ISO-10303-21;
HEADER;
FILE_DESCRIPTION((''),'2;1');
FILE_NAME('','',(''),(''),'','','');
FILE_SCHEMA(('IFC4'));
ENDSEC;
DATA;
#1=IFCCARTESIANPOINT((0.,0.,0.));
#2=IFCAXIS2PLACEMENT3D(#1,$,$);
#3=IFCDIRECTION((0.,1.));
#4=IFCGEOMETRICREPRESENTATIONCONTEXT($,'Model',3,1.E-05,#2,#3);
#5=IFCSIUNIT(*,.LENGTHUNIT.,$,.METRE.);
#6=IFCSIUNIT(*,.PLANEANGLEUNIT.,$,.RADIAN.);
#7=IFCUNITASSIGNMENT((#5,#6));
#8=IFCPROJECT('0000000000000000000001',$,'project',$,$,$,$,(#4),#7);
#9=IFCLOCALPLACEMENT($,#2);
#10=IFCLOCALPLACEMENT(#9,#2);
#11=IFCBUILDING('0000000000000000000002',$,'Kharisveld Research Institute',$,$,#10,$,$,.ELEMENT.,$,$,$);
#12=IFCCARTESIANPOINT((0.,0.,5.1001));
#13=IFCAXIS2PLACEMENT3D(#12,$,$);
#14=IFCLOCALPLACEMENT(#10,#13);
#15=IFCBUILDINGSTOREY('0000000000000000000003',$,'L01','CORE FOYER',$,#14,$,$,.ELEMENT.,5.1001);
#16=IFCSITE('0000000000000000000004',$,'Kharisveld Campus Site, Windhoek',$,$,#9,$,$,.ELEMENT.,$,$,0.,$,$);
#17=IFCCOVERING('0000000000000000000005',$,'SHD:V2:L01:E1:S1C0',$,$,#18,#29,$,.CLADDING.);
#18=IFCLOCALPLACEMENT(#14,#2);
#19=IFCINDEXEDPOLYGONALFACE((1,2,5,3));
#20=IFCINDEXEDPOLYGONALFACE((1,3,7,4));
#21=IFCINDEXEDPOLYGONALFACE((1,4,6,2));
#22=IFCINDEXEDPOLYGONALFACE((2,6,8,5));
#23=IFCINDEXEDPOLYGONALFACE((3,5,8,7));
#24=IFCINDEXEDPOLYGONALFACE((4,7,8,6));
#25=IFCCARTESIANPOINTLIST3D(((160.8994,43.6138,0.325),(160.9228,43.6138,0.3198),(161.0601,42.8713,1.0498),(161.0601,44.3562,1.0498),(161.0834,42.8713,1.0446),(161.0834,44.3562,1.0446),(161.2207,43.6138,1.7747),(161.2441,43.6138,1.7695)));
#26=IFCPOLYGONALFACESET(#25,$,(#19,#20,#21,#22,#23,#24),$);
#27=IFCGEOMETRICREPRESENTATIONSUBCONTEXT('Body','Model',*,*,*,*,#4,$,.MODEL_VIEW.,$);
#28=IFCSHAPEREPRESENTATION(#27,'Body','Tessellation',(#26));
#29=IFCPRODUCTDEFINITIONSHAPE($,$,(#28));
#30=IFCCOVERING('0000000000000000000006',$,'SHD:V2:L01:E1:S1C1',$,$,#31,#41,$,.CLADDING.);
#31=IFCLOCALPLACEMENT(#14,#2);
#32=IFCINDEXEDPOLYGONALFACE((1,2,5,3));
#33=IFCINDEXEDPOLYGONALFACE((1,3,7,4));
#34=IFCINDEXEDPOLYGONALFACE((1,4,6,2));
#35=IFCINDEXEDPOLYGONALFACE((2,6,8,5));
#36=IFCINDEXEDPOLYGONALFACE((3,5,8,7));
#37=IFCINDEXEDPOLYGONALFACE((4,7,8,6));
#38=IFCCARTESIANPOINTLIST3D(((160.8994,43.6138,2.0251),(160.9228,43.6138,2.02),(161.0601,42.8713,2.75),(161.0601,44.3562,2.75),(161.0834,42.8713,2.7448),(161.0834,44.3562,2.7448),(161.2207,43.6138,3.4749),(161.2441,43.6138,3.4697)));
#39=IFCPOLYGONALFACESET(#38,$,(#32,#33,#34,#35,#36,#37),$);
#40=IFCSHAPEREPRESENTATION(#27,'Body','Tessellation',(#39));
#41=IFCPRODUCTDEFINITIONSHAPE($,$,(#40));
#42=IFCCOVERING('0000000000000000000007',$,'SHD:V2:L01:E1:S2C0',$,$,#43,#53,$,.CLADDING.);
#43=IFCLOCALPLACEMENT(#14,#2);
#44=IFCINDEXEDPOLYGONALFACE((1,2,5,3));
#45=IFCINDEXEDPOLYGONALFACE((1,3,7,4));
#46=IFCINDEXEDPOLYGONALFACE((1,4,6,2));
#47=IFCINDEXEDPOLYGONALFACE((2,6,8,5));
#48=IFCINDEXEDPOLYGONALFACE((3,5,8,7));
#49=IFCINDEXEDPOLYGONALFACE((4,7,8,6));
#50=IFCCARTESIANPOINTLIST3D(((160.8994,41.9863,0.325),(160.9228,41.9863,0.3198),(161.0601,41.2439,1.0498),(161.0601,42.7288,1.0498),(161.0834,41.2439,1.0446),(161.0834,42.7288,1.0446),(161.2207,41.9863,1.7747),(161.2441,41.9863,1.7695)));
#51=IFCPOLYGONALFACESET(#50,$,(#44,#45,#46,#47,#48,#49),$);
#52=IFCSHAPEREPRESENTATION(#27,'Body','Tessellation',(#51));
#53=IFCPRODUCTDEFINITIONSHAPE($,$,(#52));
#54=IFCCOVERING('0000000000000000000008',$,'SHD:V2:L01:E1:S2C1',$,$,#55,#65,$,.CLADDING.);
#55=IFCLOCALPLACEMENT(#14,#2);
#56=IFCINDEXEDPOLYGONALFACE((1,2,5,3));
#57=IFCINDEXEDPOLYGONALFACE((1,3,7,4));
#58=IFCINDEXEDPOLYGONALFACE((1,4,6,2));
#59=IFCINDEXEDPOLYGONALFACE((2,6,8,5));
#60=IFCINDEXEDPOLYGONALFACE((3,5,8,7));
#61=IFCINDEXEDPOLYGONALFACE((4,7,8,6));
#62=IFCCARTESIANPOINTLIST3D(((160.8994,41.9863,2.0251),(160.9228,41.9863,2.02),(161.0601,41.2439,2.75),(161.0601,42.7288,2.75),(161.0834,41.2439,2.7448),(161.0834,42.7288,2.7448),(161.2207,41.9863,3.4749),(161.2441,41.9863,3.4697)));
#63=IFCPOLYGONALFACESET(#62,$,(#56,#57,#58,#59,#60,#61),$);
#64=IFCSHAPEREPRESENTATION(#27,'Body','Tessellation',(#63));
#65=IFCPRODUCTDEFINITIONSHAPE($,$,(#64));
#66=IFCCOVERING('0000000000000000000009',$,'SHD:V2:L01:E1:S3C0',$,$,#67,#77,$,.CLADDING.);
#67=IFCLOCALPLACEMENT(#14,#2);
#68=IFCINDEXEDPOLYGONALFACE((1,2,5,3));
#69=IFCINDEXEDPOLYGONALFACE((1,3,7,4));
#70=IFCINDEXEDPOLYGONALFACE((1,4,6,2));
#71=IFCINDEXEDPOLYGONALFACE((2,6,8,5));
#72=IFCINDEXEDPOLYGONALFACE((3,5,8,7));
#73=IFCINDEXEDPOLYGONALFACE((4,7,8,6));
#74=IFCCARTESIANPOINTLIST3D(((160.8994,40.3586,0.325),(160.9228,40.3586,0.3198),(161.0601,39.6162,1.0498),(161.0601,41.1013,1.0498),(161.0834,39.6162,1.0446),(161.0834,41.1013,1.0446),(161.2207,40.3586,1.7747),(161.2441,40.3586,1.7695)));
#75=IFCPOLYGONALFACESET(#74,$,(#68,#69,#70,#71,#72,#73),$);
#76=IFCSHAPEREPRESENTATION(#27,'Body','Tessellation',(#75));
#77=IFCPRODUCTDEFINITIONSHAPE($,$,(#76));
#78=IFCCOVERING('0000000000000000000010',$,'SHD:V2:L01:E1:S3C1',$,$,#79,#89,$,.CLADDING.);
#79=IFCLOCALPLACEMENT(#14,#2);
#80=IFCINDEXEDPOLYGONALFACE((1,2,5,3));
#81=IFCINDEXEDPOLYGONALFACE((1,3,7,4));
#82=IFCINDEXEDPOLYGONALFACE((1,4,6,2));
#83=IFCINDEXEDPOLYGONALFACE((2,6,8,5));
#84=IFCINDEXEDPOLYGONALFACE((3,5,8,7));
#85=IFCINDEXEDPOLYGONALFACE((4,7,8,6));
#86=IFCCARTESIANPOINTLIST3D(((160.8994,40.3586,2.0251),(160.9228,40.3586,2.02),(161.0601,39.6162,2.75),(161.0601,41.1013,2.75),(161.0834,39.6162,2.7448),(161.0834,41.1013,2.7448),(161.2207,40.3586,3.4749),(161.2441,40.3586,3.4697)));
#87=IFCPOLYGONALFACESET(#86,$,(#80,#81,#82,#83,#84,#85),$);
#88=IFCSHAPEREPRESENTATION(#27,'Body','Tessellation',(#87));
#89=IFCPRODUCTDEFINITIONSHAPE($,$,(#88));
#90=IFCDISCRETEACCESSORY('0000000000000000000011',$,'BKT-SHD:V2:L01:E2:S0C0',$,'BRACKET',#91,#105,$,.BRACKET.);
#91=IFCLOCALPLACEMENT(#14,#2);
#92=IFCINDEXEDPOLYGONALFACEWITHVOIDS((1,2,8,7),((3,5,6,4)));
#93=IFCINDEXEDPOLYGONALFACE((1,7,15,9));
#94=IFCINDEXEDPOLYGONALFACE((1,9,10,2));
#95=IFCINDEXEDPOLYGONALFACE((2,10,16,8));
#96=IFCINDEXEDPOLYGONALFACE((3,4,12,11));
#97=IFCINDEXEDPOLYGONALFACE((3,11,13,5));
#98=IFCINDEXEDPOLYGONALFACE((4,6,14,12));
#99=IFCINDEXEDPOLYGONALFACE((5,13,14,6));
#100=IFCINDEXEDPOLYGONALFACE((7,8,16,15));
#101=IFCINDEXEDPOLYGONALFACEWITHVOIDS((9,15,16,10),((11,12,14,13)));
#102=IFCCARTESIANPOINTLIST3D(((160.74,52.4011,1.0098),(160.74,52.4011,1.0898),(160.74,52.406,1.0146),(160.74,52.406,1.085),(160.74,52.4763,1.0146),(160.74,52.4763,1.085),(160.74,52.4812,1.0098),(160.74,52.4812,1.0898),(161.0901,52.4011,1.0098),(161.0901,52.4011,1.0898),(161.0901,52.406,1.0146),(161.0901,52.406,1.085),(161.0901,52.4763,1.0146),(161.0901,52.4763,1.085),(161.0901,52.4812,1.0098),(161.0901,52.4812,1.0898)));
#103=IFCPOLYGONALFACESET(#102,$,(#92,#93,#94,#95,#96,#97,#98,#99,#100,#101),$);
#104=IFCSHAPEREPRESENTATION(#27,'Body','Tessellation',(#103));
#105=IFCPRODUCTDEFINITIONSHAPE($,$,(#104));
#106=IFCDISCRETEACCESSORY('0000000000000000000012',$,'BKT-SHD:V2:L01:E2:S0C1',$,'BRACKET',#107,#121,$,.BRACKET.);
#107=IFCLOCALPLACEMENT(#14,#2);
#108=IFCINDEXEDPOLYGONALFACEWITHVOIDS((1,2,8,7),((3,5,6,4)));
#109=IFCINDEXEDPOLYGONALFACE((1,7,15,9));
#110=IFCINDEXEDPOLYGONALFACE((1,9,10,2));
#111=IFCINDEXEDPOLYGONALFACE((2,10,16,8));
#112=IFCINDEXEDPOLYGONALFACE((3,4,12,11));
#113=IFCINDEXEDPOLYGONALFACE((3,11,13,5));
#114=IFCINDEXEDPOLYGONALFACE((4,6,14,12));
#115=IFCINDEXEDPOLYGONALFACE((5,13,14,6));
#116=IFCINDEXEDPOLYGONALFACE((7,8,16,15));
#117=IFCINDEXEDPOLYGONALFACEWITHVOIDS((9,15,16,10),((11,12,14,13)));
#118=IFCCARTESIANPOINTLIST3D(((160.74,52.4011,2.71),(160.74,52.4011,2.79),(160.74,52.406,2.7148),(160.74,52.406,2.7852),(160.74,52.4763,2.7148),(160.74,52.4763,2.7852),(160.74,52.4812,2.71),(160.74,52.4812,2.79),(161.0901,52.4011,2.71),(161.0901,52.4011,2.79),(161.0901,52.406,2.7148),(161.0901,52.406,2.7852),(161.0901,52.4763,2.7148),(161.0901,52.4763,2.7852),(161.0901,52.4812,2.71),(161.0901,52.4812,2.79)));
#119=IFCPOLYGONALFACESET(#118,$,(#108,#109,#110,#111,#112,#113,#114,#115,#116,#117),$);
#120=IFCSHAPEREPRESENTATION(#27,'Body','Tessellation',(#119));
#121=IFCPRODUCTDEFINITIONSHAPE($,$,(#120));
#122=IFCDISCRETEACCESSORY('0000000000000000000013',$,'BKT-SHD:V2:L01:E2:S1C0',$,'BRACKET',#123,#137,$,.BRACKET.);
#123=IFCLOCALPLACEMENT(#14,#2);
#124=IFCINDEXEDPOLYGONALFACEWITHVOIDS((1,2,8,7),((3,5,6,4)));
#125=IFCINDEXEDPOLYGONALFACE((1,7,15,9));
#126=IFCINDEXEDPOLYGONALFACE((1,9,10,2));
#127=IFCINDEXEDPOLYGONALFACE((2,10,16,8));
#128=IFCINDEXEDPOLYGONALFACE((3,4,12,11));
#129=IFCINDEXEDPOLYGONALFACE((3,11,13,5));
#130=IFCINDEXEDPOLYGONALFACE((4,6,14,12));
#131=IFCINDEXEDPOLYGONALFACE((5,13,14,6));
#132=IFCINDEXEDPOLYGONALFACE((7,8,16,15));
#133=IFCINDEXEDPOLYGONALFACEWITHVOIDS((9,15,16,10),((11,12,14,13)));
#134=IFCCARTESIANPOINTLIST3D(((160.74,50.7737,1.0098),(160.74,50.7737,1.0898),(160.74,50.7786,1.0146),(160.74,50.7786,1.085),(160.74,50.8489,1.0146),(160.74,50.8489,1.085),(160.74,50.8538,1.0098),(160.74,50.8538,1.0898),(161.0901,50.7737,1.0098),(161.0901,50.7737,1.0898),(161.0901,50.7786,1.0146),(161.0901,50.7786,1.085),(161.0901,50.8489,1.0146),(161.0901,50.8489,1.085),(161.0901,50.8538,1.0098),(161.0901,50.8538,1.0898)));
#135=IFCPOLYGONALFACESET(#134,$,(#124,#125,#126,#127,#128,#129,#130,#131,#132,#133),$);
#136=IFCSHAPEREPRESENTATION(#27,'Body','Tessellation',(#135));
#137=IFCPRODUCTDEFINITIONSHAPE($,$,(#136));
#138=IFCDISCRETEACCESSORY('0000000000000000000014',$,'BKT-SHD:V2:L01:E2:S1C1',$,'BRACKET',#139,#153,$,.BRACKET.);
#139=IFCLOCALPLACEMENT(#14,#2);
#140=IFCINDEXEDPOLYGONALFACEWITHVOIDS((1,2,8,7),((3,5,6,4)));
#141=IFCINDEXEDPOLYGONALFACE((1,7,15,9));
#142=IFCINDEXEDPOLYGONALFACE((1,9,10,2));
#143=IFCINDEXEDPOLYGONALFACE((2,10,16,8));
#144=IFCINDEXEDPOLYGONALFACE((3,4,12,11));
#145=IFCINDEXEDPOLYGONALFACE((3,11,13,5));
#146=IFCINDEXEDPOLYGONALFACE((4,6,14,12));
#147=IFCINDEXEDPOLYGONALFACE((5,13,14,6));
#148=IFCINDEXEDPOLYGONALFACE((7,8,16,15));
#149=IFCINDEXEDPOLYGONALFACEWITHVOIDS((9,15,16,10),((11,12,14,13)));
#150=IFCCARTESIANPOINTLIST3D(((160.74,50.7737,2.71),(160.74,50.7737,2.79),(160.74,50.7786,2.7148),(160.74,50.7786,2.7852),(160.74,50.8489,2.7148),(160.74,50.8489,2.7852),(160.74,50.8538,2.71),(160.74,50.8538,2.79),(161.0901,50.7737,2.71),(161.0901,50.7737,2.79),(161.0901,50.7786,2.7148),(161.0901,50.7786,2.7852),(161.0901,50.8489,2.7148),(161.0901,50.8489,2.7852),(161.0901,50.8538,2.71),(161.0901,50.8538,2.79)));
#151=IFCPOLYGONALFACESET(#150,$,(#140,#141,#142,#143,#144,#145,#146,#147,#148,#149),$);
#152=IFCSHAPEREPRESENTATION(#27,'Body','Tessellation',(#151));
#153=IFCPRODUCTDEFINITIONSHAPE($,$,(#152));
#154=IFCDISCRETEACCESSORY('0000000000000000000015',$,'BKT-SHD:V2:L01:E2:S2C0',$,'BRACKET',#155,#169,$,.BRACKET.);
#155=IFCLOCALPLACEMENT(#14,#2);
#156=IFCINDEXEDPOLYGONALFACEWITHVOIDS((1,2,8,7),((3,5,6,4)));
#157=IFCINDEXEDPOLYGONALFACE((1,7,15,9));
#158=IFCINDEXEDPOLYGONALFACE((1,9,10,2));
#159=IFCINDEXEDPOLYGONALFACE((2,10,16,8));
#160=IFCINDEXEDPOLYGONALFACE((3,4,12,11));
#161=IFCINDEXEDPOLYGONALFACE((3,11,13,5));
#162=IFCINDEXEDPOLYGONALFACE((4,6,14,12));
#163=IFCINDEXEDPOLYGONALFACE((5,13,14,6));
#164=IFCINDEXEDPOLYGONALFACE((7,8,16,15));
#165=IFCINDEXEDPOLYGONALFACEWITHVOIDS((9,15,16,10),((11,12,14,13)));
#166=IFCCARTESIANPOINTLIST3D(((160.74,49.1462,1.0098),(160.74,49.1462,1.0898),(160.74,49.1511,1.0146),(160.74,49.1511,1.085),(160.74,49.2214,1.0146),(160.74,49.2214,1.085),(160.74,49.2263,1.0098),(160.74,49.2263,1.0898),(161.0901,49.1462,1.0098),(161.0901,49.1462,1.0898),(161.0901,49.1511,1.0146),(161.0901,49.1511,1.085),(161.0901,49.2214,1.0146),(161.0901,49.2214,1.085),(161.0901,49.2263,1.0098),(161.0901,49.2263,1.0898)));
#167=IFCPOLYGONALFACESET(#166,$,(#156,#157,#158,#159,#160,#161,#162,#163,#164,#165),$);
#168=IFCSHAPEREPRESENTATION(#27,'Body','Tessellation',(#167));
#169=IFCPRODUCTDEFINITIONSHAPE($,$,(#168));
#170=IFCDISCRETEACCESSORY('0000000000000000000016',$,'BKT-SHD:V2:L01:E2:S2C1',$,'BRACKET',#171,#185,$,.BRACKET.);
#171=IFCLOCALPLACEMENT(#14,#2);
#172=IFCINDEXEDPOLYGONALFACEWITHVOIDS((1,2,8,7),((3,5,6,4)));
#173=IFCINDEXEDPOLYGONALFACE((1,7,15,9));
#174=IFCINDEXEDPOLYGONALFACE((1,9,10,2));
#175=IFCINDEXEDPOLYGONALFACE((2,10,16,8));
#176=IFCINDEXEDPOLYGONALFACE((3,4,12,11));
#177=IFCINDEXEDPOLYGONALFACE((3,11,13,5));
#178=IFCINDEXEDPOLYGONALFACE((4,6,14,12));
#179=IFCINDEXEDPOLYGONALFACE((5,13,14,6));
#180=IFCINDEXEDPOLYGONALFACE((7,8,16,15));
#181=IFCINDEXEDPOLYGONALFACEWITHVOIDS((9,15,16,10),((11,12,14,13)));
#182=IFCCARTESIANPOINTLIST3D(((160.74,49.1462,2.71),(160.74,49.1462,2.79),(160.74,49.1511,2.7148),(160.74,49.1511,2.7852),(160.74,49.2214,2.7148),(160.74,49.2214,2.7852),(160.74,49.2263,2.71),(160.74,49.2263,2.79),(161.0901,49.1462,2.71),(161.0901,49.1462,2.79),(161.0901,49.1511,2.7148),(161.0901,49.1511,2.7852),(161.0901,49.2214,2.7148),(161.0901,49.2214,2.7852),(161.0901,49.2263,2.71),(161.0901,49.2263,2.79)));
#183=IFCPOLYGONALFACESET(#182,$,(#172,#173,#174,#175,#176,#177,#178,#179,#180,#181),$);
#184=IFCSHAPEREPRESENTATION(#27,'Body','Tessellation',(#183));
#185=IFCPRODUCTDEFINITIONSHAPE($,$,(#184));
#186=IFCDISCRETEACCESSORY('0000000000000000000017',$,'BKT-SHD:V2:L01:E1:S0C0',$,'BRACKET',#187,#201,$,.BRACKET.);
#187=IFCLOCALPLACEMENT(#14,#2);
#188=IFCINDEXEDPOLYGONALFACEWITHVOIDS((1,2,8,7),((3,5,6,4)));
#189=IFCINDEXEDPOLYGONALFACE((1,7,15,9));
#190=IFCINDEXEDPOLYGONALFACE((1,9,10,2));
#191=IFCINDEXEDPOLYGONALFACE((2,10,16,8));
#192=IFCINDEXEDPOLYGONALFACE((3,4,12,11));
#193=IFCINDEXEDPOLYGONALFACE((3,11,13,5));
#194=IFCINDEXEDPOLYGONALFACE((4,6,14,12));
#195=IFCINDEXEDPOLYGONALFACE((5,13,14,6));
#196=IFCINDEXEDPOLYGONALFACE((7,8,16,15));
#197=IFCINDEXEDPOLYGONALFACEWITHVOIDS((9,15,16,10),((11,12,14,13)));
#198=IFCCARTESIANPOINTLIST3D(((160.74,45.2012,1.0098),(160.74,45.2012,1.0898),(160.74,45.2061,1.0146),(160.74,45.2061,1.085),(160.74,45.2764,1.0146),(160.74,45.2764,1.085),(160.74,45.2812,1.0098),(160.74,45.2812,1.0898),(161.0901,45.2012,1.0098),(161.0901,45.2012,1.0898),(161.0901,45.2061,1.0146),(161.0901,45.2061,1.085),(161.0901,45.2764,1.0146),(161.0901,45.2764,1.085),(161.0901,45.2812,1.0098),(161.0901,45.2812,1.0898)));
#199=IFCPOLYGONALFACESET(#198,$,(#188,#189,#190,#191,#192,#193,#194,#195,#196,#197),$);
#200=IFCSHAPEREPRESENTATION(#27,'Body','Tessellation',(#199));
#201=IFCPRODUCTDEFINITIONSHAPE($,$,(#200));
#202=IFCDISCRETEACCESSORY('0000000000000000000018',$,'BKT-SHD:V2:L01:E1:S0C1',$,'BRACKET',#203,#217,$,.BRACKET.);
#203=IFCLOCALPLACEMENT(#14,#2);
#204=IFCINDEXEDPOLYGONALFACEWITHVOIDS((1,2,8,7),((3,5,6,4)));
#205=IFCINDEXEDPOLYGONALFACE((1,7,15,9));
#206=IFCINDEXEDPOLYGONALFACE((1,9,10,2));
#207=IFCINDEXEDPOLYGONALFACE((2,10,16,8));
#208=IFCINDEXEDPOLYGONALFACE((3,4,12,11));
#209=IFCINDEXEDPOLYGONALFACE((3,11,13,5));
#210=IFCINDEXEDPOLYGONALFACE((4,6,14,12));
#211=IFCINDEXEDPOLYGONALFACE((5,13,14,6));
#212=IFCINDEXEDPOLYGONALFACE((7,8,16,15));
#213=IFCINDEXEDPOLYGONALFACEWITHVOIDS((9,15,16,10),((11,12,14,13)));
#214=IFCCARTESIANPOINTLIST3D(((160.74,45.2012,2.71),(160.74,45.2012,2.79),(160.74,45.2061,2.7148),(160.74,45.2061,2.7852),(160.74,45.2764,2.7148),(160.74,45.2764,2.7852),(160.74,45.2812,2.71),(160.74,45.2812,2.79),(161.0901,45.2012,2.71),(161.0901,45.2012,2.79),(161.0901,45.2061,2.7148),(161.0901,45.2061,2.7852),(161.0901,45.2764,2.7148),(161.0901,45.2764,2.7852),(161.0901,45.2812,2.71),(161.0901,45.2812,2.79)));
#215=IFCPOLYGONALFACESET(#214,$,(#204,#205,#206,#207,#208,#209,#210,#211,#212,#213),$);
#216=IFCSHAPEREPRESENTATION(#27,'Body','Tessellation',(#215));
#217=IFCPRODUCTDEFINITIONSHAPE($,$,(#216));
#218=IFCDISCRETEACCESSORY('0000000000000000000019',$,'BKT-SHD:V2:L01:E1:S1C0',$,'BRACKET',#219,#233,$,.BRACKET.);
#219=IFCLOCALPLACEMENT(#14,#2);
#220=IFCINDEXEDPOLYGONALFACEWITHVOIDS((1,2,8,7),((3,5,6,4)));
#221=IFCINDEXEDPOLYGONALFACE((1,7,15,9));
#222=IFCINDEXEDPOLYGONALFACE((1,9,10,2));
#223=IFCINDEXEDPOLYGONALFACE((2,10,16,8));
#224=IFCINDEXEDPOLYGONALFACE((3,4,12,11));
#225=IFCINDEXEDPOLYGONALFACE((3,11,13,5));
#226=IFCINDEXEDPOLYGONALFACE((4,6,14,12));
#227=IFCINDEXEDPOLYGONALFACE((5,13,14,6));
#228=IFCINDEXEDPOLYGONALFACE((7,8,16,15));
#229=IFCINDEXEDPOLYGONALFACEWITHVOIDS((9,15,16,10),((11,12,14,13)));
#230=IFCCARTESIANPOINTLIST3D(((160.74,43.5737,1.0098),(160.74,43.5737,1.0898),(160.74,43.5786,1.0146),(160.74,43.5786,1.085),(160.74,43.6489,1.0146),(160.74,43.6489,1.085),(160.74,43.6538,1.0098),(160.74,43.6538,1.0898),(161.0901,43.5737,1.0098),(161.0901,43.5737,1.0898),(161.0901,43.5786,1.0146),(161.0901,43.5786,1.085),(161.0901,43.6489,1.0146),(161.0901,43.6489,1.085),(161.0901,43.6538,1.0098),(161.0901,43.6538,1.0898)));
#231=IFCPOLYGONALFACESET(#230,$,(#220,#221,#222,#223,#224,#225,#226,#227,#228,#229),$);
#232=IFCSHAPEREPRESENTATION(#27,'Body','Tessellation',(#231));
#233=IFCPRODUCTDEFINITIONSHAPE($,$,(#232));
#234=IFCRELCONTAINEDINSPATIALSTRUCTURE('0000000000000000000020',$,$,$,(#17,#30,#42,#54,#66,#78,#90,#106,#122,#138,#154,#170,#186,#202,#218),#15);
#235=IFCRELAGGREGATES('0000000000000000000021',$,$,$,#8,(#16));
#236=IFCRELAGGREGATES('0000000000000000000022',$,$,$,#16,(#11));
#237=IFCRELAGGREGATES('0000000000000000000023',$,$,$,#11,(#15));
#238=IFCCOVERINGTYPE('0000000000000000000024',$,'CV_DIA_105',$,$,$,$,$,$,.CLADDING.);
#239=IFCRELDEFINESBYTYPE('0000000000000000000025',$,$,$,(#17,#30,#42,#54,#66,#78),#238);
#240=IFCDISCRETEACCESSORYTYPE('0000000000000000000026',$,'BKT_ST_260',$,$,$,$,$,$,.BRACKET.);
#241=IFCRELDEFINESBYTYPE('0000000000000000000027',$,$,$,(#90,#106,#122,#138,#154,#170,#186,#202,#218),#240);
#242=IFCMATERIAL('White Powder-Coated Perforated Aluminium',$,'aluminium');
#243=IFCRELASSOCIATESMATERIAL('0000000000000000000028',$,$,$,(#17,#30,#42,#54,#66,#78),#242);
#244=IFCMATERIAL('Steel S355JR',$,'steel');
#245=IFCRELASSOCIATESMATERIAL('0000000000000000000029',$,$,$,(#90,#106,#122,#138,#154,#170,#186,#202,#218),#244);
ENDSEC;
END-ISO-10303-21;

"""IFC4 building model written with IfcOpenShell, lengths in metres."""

from ifc_helpers import new_model, si_unit, direction, frame, origin, origin_2d, place, context, subcontext, project, spatial, polyline, hollow_rectangle, outline, extrude, material, type_object, element, save


model = new_model("IFC4")

# Units and contexts
model_context = context("Model", 3, precision=1e-05, world=origin(), true_north=direction((0.0, 1.0)))
body_context = subcontext(model_context, "Body", "Model", "MODEL_VIEW")
ifc_project = project(units=[si_unit("LENGTHUNIT", "METRE"), si_unit("PLANEANGLEUNIT", "RADIAN")], contexts=[model_context])

# Site, building, storey
site_placement = place(None, origin())
site = spatial("IfcSite", under=ifc_project, at=site_placement, Name="Kharisveld Campus Site, Windhoek", CompositionType="ELEMENT", RefElevation=0.0)
building_placement = place(site_placement, origin())
building = spatial("IfcBuilding", under=site, at=building_placement, Name="Kharisveld Research Institute", CompositionType="ELEMENT")
storey_placement = place(building_placement, frame((0.0, 0.0, 5.1001)))
storey = spatial("IfcBuildingStorey", under=building, at=storey_placement, Name="L01", Description="CORE FOYER", CompositionType="ELEMENT", Elevation=5.1001)

# Coverings
ifc_material_1 = material(Name="White Powder-Coated Perforated Aluminium", Category="aluminium")
covering_type = type_object("IfcCoveringType", Name="CV_DIA_105", PredefinedType="CLADDING")
for number, where, z_axis, x_axis, name in (
    (1, (160.8994, 43.6138, 0.325), (-0.976311, 0.0, 0.216373), (0.153, -0.707102, 0.69036), "SHD:V2:L01:E1:S1C0"),
    (2, (160.8994, 43.6138, 2.0251), (-0.976311, 0.0, 0.216373), (0.153, -0.707102, 0.69036), "SHD:V2:L01:E1:S1C1"),
    (3, (160.8994, 41.9863, 0.325), (-0.976311, 0.0, 0.216373), (0.153, -0.707102, 0.69036), "SHD:V2:L01:E1:S2C0"),
    (4, (160.8994, 41.9863, 2.0251), (-0.976311, 0.0, 0.216373), (0.153, -0.707102, 0.69036), "SHD:V2:L01:E1:S2C1"),
):
    element("IfcCovering", number, at=place(storey_placement, frame(where, z_axis=z_axis, x_axis=x_axis)), inside=storey, type_object=covering_type, material=ifc_material_1, Name=name, PredefinedType="CLADDING", context=body_context, shape_type="SweptSolid", body=[
        extrude(outline(polyline([(0.0, 0.0), (1.05, 0.0), (1.05, 1.05), (0.0, 1.05), (0.0, 0.0)])), origin(), (0.0, 0.0, -1.0), 0.0239),
    ])
for number, where, z_axis, x_axis, name in (
    (5, (160.8994, 40.3586, 0.325), (-0.976311, 0.0, 0.216373), (0.153, -0.707102, 0.69036), "SHD:V2:L01:E1:S3C0"),
    (6, (160.8994, 40.3586, 2.0251), (-0.976311, 0.0, 0.216373), (0.153, -0.707102, 0.69036), "SHD:V2:L01:E1:S3C1"),
):
    element("IfcCovering", number, at=place(storey_placement, frame(where, z_axis=z_axis, x_axis=x_axis)), inside=storey, type_object=covering_type, material=ifc_material_1, Name=name, PredefinedType="CLADDING", context=body_context, shape_type="SweptSolid", body=[
        extrude(outline(polyline([(0.0, 0.0), (1.05, 0.0), (1.05, 1.05), (-0.0002, 1.0501), (0.0, 0.0)])), origin(), (0.0, 0.0, -1.0), 0.0239),
    ])

# Discrete accessories
ifc_material_2 = material(Name="Steel S355JR", Category="steel")
discrete_accessory_type = type_object("IfcDiscreteAccessoryType", Name="BKT_ST_260", PredefinedType="BRACKET")
for number, where, z_axis, x_axis, name in (
    (7, (160.74, 52.4412, 1.0498), (1.0, 0.0, 0.0), (0.0, 1.0, 0.0), "BKT-SHD:V2:L01:E2:S0C0"),
    (8, (160.74, 52.4412, 2.75), (1.0, 0.0, 0.0), (0.0, 1.0, 0.0), "BKT-SHD:V2:L01:E2:S0C1"),
    (9, (160.74, 50.8137, 1.0498), (1.0, 0.0, 0.0), (0.0, 1.0, 0.0), "BKT-SHD:V2:L01:E2:S1C0"),
    (10, (160.74, 50.8137, 2.75), (1.0, 0.0, 0.0), (0.0, 1.0, 0.0), "BKT-SHD:V2:L01:E2:S1C1"),
    (11, (160.74, 49.1863, 1.0498), (1.0, 0.0, 0.0), (0.0, 1.0, 0.0), "BKT-SHD:V2:L01:E2:S2C0"),
    (12, (160.74, 49.1863, 2.75), (1.0, 0.0, 0.0), (0.0, 1.0, 0.0), "BKT-SHD:V2:L01:E2:S2C1"),
    (13, (160.74, 45.2412, 1.0498), (1.0, 0.0, 0.0), (0.0, 1.0, 0.0), "BKT-SHD:V2:L01:E1:S0C0"),
    (14, (160.74, 45.2412, 2.75), (1.0, 0.0, 0.0), (0.0, 1.0, 0.0), "BKT-SHD:V2:L01:E1:S0C1"),
    (15, (160.74, 43.6138, 1.0498), (1.0, 0.0, 0.0), (0.0, 1.0, 0.0), "BKT-SHD:V2:L01:E1:S1C0"),
):
    element("IfcDiscreteAccessory", number, at=place(storey_placement, frame(where, z_axis=z_axis, x_axis=x_axis)), inside=storey, type_object=discrete_accessory_type, material=ifc_material_2, Name=name, ObjectType="BRACKET", PredefinedType="BRACKET", context=body_context, shape_type="SweptSolid", body=[
        extrude(hollow_rectangle(XDim=0.0801, YDim=0.0801, WallThickness=0.0049, at=origin_2d()), origin(), (0.0, 0.0, 1.0), 0.3501),
    ])

save(model, "model.ifc")
